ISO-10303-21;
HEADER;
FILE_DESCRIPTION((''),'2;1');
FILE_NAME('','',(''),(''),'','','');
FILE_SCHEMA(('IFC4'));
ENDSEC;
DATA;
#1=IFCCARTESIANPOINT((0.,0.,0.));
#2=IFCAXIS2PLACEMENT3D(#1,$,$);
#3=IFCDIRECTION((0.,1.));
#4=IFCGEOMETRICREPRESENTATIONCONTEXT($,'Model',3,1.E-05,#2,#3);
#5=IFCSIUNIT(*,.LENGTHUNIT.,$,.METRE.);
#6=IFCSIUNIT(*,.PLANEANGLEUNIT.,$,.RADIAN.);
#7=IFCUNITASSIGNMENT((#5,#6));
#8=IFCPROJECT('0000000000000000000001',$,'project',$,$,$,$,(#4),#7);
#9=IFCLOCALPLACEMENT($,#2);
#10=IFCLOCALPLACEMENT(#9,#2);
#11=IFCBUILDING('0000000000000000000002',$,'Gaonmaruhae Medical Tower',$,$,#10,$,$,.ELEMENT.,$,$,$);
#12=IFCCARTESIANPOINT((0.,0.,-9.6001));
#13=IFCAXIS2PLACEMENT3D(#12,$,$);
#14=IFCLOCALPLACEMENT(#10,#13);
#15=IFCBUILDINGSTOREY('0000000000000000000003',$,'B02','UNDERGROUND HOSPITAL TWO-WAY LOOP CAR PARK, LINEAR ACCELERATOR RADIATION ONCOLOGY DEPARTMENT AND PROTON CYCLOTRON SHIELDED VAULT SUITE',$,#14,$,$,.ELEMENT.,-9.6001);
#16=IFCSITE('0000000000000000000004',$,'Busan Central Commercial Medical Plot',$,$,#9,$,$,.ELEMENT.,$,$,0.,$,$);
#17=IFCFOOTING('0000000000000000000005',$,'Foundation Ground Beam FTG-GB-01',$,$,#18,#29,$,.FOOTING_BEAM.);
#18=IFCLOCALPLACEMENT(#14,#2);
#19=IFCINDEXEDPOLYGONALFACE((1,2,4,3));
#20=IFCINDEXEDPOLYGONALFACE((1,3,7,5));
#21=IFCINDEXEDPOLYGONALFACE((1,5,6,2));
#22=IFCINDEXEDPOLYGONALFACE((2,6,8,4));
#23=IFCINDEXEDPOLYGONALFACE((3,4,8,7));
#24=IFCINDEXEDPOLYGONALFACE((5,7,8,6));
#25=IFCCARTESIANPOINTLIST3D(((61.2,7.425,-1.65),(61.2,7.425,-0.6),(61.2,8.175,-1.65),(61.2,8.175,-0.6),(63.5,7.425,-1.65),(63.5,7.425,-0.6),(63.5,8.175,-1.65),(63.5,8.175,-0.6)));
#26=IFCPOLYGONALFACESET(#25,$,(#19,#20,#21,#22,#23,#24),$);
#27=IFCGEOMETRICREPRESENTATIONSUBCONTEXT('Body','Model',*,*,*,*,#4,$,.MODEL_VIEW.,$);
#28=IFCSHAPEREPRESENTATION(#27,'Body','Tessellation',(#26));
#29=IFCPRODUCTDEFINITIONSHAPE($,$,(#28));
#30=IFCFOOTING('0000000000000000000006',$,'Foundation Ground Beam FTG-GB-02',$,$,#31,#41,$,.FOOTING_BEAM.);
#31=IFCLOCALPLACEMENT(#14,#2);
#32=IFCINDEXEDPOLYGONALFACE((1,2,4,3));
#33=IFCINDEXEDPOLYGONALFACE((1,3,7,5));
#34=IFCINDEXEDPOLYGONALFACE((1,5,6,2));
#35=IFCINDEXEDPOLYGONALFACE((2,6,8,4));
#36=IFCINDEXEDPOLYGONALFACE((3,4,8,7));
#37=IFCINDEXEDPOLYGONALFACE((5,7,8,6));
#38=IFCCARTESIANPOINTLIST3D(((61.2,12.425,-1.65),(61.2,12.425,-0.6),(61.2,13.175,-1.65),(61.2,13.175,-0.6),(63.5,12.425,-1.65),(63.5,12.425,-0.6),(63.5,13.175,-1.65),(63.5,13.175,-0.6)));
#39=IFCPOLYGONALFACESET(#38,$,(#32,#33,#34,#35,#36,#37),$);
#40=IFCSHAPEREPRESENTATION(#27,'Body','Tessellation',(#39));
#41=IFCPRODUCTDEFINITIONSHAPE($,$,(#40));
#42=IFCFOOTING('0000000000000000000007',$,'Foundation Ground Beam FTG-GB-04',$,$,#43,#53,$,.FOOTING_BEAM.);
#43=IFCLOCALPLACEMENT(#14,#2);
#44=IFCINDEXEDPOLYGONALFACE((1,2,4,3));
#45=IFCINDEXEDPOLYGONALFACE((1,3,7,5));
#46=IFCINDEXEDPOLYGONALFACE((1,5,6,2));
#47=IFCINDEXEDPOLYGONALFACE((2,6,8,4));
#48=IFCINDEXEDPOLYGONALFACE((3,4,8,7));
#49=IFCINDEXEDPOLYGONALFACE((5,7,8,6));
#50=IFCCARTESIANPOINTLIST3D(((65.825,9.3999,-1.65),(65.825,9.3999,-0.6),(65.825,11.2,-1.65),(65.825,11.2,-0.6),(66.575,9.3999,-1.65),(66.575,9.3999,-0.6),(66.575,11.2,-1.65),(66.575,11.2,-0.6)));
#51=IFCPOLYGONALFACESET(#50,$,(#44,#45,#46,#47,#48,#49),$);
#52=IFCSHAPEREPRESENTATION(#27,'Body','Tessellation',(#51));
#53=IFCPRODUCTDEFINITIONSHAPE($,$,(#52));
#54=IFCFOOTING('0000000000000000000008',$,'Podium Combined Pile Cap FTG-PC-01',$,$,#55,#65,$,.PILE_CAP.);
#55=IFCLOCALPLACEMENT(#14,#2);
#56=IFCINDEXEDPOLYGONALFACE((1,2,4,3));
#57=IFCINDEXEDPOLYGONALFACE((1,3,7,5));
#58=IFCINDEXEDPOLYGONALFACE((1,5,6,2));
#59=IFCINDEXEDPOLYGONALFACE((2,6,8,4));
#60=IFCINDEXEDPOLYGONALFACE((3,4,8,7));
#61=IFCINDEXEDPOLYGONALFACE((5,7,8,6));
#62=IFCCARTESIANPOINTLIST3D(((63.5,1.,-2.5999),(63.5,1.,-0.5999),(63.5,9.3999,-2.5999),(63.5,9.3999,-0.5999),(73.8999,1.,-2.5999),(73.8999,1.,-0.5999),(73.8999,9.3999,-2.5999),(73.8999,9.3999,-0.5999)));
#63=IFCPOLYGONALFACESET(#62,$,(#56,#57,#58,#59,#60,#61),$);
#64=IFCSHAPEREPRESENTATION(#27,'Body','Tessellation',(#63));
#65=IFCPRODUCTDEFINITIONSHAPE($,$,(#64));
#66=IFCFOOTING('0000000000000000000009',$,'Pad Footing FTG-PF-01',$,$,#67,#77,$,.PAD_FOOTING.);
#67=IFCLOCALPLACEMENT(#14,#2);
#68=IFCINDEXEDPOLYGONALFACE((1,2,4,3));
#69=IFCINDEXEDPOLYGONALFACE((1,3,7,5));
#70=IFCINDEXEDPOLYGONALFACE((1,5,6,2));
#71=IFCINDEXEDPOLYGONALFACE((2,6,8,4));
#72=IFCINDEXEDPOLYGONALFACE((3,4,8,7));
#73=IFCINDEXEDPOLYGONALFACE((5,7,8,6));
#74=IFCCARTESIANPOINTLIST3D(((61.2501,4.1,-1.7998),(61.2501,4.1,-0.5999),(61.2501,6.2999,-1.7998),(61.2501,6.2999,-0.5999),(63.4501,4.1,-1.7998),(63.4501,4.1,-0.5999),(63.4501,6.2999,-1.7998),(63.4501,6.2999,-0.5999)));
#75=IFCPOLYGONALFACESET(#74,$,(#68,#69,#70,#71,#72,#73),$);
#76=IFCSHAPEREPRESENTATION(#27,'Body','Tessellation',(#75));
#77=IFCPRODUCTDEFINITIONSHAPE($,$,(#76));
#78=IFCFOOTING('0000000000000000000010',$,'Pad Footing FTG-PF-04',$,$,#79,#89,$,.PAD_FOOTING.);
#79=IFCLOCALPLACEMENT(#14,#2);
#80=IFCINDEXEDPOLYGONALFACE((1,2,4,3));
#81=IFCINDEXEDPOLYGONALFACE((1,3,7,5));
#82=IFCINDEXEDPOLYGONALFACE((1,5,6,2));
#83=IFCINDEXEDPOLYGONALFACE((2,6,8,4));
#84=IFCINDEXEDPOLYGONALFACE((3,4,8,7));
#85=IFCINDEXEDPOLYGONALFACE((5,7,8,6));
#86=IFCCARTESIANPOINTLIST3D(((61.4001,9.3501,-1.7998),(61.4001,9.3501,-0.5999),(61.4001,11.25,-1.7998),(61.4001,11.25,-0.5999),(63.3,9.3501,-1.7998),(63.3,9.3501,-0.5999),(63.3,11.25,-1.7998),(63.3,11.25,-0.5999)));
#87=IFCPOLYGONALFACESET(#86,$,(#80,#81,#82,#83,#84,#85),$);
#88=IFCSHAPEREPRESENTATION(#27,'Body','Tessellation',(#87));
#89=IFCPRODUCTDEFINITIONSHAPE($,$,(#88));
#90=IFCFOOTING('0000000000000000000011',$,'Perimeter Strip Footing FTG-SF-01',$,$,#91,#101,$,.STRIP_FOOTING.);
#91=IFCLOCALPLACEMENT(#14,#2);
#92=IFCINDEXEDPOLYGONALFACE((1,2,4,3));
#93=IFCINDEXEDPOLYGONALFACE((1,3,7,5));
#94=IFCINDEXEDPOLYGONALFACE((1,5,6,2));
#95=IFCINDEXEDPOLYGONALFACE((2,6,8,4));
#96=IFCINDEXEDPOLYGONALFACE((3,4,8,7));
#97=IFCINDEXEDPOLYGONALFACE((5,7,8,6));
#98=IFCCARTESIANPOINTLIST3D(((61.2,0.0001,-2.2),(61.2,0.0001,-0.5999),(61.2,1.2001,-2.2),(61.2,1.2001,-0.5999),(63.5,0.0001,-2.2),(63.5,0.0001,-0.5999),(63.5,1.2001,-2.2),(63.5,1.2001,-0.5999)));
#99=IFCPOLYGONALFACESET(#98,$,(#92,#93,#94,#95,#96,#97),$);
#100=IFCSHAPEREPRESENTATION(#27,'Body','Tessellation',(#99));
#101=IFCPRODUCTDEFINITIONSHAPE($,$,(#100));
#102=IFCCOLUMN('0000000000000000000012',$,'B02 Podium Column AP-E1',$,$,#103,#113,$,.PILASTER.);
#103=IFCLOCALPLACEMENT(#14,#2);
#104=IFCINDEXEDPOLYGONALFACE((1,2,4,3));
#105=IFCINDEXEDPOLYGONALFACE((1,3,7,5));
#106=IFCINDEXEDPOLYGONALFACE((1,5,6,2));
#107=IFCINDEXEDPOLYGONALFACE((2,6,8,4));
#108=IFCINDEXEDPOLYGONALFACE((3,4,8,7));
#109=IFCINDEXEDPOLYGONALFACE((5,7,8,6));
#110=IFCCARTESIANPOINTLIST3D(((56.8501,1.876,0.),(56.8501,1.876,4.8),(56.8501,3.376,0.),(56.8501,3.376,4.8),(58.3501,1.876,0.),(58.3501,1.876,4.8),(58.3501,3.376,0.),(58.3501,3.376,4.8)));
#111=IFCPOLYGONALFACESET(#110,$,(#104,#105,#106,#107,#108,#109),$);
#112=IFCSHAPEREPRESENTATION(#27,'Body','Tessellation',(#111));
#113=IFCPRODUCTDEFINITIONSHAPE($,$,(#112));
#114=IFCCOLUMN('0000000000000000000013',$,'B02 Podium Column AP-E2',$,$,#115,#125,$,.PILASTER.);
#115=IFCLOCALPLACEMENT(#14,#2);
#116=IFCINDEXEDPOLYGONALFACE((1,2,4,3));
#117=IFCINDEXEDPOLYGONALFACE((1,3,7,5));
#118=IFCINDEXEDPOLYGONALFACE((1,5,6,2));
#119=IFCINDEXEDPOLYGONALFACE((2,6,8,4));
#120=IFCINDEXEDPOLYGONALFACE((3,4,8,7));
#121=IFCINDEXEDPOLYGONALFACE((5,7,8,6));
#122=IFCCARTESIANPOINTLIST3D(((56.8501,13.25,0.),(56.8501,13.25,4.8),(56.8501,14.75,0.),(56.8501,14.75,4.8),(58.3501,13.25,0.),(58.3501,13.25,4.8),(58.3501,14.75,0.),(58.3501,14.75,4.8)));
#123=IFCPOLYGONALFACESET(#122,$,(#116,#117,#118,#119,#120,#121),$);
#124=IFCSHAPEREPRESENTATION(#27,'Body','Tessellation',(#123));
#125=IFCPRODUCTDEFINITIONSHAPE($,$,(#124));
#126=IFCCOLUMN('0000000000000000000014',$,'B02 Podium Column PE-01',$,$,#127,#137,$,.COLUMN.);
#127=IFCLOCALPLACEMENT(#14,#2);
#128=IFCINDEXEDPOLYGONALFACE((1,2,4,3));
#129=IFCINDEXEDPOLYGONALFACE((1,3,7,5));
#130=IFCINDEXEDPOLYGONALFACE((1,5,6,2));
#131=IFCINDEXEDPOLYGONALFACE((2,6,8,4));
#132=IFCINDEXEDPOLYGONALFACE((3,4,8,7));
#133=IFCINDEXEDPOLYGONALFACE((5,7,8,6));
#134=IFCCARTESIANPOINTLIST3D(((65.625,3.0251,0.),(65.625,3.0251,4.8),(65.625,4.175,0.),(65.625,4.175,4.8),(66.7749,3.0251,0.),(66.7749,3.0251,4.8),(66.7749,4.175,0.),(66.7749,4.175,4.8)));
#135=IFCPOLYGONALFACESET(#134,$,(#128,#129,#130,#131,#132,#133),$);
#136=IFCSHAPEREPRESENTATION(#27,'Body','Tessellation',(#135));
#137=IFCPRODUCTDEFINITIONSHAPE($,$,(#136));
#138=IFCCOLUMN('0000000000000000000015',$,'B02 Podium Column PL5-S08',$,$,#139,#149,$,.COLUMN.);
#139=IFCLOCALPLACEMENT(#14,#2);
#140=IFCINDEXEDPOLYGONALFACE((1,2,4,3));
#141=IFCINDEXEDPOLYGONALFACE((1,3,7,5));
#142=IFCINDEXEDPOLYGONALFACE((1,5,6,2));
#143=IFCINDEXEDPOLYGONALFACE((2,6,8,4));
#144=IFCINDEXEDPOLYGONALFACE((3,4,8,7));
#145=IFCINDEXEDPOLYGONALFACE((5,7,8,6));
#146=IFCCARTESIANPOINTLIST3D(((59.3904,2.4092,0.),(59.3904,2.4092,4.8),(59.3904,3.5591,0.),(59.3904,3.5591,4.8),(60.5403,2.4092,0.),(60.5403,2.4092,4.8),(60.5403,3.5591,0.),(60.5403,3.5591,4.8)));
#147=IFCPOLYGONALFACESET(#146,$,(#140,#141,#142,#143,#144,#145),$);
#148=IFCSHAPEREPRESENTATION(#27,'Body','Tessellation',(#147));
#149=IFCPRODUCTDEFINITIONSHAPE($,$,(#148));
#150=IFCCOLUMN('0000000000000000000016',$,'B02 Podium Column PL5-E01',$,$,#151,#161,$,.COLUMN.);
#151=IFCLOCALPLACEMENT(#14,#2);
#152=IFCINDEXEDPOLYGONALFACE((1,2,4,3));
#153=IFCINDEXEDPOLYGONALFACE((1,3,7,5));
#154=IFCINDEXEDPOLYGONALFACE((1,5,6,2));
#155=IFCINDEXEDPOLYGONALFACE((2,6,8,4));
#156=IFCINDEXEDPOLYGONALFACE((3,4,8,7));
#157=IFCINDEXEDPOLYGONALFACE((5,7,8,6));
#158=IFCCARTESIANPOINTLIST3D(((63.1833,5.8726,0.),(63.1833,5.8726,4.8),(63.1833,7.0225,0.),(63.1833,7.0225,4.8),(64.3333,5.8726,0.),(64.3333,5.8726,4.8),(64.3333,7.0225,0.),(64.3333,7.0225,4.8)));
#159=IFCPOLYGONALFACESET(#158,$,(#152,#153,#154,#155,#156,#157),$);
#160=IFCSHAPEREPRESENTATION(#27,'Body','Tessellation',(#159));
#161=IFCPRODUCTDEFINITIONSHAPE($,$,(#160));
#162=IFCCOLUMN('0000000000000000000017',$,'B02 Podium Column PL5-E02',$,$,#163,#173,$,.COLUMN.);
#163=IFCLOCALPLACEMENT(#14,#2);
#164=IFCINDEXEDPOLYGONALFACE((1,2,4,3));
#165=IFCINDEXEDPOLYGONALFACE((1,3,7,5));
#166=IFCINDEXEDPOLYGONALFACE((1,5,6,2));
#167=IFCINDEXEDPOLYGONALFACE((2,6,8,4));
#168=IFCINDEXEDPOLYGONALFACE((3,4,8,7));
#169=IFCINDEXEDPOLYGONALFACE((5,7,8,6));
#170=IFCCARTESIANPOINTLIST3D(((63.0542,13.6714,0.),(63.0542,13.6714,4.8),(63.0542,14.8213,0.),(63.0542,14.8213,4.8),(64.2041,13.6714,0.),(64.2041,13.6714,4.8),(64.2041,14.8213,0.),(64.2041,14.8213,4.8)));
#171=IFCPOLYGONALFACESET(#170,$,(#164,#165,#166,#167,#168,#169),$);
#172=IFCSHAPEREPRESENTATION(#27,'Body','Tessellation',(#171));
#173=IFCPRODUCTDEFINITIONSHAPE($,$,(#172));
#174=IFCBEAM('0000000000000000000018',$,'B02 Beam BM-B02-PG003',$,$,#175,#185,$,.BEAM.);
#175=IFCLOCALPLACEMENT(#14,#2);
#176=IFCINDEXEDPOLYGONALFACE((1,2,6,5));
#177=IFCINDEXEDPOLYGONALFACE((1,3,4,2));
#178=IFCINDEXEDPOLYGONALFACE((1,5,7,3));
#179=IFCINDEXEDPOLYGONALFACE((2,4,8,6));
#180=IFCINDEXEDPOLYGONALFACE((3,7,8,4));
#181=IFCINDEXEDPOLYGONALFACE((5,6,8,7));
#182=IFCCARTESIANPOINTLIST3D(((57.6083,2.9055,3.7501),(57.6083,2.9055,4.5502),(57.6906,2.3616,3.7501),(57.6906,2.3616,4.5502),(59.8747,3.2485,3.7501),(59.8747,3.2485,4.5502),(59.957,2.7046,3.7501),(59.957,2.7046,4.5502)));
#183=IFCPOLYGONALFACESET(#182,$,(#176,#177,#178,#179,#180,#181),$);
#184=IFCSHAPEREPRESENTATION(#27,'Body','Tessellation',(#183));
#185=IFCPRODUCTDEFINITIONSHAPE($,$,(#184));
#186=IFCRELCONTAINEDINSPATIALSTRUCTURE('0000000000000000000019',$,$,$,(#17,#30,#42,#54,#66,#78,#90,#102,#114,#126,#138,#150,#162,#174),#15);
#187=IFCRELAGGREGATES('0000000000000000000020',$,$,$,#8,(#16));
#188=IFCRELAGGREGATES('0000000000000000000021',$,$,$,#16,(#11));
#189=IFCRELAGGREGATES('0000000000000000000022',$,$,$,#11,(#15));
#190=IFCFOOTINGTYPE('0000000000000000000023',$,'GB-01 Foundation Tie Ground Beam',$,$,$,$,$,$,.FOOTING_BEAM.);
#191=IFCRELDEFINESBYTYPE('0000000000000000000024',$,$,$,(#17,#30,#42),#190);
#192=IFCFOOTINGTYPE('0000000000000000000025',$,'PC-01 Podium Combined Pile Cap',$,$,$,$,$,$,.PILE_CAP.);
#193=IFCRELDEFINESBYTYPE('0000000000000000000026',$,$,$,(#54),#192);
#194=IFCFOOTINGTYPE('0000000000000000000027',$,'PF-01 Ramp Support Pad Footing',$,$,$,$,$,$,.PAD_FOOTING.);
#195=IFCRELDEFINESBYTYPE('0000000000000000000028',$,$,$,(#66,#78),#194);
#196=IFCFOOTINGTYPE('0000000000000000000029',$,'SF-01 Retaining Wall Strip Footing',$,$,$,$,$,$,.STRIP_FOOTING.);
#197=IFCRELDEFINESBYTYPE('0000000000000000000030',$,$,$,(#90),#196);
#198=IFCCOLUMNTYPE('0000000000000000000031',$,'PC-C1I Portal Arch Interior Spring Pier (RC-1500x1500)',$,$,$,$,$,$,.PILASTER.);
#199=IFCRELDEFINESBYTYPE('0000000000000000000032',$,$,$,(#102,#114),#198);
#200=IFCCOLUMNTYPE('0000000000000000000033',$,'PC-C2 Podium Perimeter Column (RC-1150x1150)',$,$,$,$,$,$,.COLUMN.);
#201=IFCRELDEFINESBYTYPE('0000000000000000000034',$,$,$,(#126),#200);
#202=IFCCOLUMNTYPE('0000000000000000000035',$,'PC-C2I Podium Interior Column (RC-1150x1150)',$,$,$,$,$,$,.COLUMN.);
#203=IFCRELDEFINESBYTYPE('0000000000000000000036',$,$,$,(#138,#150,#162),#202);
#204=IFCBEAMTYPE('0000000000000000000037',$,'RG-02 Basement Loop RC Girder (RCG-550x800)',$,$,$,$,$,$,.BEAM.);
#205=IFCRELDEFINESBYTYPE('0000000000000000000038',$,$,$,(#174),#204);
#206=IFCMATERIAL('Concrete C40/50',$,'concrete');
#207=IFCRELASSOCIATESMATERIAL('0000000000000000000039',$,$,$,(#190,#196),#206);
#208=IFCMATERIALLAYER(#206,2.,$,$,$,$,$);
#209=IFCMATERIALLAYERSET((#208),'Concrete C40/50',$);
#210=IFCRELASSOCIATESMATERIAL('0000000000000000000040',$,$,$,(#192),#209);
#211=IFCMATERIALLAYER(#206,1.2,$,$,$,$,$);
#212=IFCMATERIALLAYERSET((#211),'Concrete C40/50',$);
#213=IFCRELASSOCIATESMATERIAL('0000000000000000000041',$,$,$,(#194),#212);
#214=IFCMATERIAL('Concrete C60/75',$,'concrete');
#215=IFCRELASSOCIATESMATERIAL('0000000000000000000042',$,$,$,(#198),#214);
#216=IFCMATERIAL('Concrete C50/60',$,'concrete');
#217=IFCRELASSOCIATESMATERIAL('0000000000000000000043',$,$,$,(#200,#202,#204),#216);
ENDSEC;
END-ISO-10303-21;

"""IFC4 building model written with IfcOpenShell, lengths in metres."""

from ifc_helpers import new_model, si_unit, direction, frame, origin, origin_2d, place, context, subcontext, project, spatial, rectangle, extrude, material, layer, layer_set, material_profile, profile_set, type_object, element, save


model = new_model("IFC4")

# Units and contexts
model_context = context("Model", 3, precision=1e-05, world=origin(), true_north=direction((0.0, 1.0)))
body_context = subcontext(model_context, "Body", "Model", "MODEL_VIEW")
ifc_project = project(units=[si_unit("LENGTHUNIT", "METRE"), si_unit("PLANEANGLEUNIT", "RADIAN")], contexts=[model_context])

# Site, building, storey
site_placement = place(None, origin())
site = spatial("IfcSite", under=ifc_project, at=site_placement, Name="Busan Central Commercial Medical Plot", CompositionType="ELEMENT", RefElevation=0.0)
building_placement = place(site_placement, origin())
building = spatial("IfcBuilding", under=site, at=building_placement, Name="Gaonmaruhae Medical Tower", CompositionType="ELEMENT")
storey_placement = place(building_placement, frame((0.0, 0.0, -9.6001)))
storey = spatial("IfcBuildingStorey", under=building, at=storey_placement, Name="B02", Description="UNDERGROUND HOSPITAL TWO-WAY LOOP CAR PARK, LINEAR ACCELERATOR RADIATION ONCOLOGY DEPARTMENT AND PROTON CYCLOTRON SHIELDED VAULT SUITE", CompositionType="ELEMENT", Elevation=-9.6001)

# Shared definitions
ifc_material_1 = material(Name="Concrete C50/60", Category="concrete")

# Footings
ifc_material_2 = material(Name="Concrete C40/50", Category="concrete")
ifc_material_profile_1 = material_profile(ifc_material_2, rectangle(XDim=0.75, YDim=1.05, at=origin_2d()), Name="RCG-750x1050")
ifc_profile_set_1 = profile_set([ifc_material_profile_1], Name="Concrete C40/50")
footing_type_1 = type_object("IfcFootingType", Name="GB-01 Foundation Tie Ground Beam", PredefinedType="FOOTING_BEAM", material=ifc_profile_set_1)
for number, where, z_axis, x_axis, name in (
    (1, (61.2, 7.8, -1.125), (1.0, 0.0, 0.0), (0.0, 1.0, 0.0), "Foundation Ground Beam FTG-GB-01"),
    (2, (61.2, 12.8, -1.125), (1.0, 0.0, 0.0), (0.0, 1.0, 0.0), "Foundation Ground Beam FTG-GB-02"),
):
    element("IfcFooting", number, at=place(storey_placement, frame(where, z_axis=z_axis, x_axis=x_axis)), inside=storey, type_object=footing_type_1, Name=name, PredefinedType="FOOTING_BEAM", context=body_context, shape_type="SweptSolid", body=[
        extrude(rectangle(XDim=0.75, YDim=1.05, at=origin_2d()), origin(), (0.0, 0.0, 1.0), 2.3),
    ])
footing_1_placement = place(storey_placement, frame((66.2, 9.3999, -1.125), z_axis=(0.0, 1.0, 0.0), x_axis=(-1.0, 0.0, 0.0)))
element("IfcFooting", 3, at=footing_1_placement, inside=storey, type_object=footing_type_1, Name="Foundation Ground Beam FTG-GB-04", PredefinedType="FOOTING_BEAM", context=body_context, shape_type="SweptSolid", body=[
    extrude(rectangle(XDim=0.75, YDim=1.05, at=origin_2d()), origin(), (0.0, 0.0, 1.0), 1.8),
])
ifc_layer_1 = layer(ifc_material_2, 2.0)
ifc_layer_set_1 = layer_set([ifc_layer_1], Name="Concrete C40/50")
footing_type_2 = type_object("IfcFootingType", Name="PC-01 Podium Combined Pile Cap", PredefinedType="PILE_CAP", material=ifc_layer_set_1)
footing_2_placement = place(storey_placement, frame((68.7, 5.2, -2.5999), z_axis=(0.0, 0.0, 1.0), x_axis=(1.0, 0.0, 0.0)))
element("IfcFooting", 4, at=footing_2_placement, inside=storey, type_object=footing_type_2, Name="Podium Combined Pile Cap FTG-PC-01", PredefinedType="PILE_CAP", context=body_context, shape_type="SweptSolid", body=[
    extrude(rectangle(XDim=10.3999, YDim=8.3999, at=origin_2d()), origin(), (0.0, 0.0, 1.0), 2.0),
])
ifc_layer_2 = layer(ifc_material_2, 1.2)
ifc_layer_set_2 = layer_set([ifc_layer_2], Name="Concrete C40/50")
footing_type_3 = type_object("IfcFootingType", Name="PF-01 Ramp Support Pad Footing", PredefinedType="PAD_FOOTING", material=ifc_layer_set_2)
footing_3_placement = place(storey_placement, frame((62.3501, 5.2, -1.7998), z_axis=(0.0, 0.0, 1.0), x_axis=(1.0, 0.0, 0.0)))
element("IfcFooting", 5, at=footing_3_placement, inside=storey, type_object=footing_type_3, Name="Pad Footing FTG-PF-01", PredefinedType="PAD_FOOTING", context=body_context, shape_type="SweptSolid", body=[
    extrude(rectangle(XDim=2.2, YDim=2.2, at=origin_2d()), origin(), (0.0, 0.0, 1.0), 1.2),
])
footing_4_placement = place(storey_placement, frame((62.3501, 10.3, -1.7998), z_axis=(0.0, 0.0, 1.0), x_axis=(1.0, 0.0, 0.0)))
element("IfcFooting", 6, at=footing_4_placement, inside=storey, type_object=footing_type_3, Name="Pad Footing FTG-PF-04", PredefinedType="PAD_FOOTING", context=body_context, shape_type="SweptSolid", body=[
    extrude(rectangle(XDim=1.8999, YDim=1.8999, at=origin_2d()), origin(), (0.0, 0.0, 1.0), 1.2),
])
ifc_material_profile_2 = material_profile(ifc_material_2, rectangle(XDim=1.2, YDim=1.6001, at=origin_2d()), Name="TG-1200x1600")
ifc_profile_set_2 = profile_set([ifc_material_profile_2], Name="Concrete C40/50")
footing_type_4 = type_object("IfcFootingType", Name="SF-01 Retaining Wall Strip Footing", PredefinedType="STRIP_FOOTING", material=ifc_profile_set_2)
footing_5_placement = place(storey_placement, frame((61.2, 0.6001, -1.3999), z_axis=(1.0, 0.0, 0.0), x_axis=(0.0, 1.0, 0.0)))
element("IfcFooting", 7, at=footing_5_placement, inside=storey, type_object=footing_type_4, Name="Perimeter Strip Footing FTG-SF-01", PredefinedType="STRIP_FOOTING", context=body_context, shape_type="SweptSolid", body=[
    extrude(rectangle(XDim=1.2, YDim=1.6001, at=origin_2d()), origin(), (0.0, 0.0, 1.0), 2.3),
])

# Columns
ifc_material_3 = material(Name="Concrete C60/75", Category="concrete")
ifc_material_profile_3 = material_profile(ifc_material_3, rectangle(XDim=1.5, YDim=1.5, at=origin_2d()), Name="RC-1500x1500")
ifc_profile_set_3 = profile_set([ifc_material_profile_3], Name="Concrete C60/75")
column_type_1 = type_object("IfcColumnType", Name="PC-C1I Portal Arch Interior Spring Pier (RC-1500x1500)", PredefinedType="PILASTER", material=ifc_profile_set_3)
for number, where, z_axis, x_axis, name in (
    (8, (57.6001, 2.626, 0.0), (0.0, 0.0, 1.0), (1.0, 0.0, 0.0), "B02 Podium Column AP-E1"),
    (9, (57.6001, 14.0, 0.0), (0.0, 0.0, 1.0), (1.0, 0.0, 0.0), "B02 Podium Column AP-E2"),
):
    element("IfcColumn", number, at=place(storey_placement, frame(where, z_axis=z_axis, x_axis=x_axis)), inside=storey, type_object=column_type_1, Name=name, PredefinedType="PILASTER", context=body_context, shape_type="SweptSolid", body=[
        extrude(rectangle(XDim=1.5, YDim=1.5, at=origin_2d()), origin(), (0.0, 0.0, 1.0), 4.8),
    ])
ifc_material_profile_4 = material_profile(ifc_material_1, rectangle(XDim=1.1499, YDim=1.1499, at=origin_2d()), Name="RC-1150x1150")
ifc_profile_set_4 = profile_set([ifc_material_profile_4], Name="Concrete C50/60")
column_type_2 = type_object("IfcColumnType", Name="PC-C2 Podium Perimeter Column (RC-1150x1150)", PredefinedType="COLUMN", material=ifc_profile_set_4)
column_placement = place(storey_placement, frame((66.2, 3.6001, 0.0), z_axis=(0.0, 0.0, 1.0), x_axis=(1.0, 0.0, 0.0)))
element("IfcColumn", 10, at=column_placement, inside=storey, type_object=column_type_2, Name="B02 Podium Column PE-01", PredefinedType="COLUMN", context=body_context, shape_type="SweptSolid", body=[
    extrude(rectangle(XDim=1.1499, YDim=1.1499, at=origin_2d()), origin(), (0.0, 0.0, 1.0), 4.8),
])
ifc_material_profile_5 = material_profile(ifc_material_1, rectangle(XDim=1.1499, YDim=1.1499, at=origin_2d()), Name="RC-1150x1150")
ifc_profile_set_5 = profile_set([ifc_material_profile_5], Name="Concrete C50/60")
column_type_3 = type_object("IfcColumnType", Name="PC-C2I Podium Interior Column (RC-1150x1150)", PredefinedType="COLUMN", material=ifc_profile_set_5)
for number, where, z_axis, x_axis, name in (
    (11, (59.9653, 2.9841, 0.0), (0.0, 0.0, 1.0), (1.0, 0.0, 0.0), "B02 Podium Column PL5-S08"),
    (12, (63.7583, 6.4475, 0.0), (0.0, 0.0, 1.0), (1.0, 0.0, 0.0), "B02 Podium Column PL5-E01"),
    (13, (63.6292, 14.2463, 0.0), (0.0, 0.0, 1.0), (1.0, 0.0, 0.0), "B02 Podium Column PL5-E02"),
):
    element("IfcColumn", number, at=place(storey_placement, frame(where, z_axis=z_axis, x_axis=x_axis)), inside=storey, type_object=column_type_3, Name=name, PredefinedType="COLUMN", context=body_context, shape_type="SweptSolid", body=[
        extrude(rectangle(XDim=1.1499, YDim=1.1499, at=origin_2d()), origin(), (0.0, 0.0, 1.0), 4.8),
    ])

# Beam
ifc_material_profile_6 = material_profile(ifc_material_1, rectangle(XDim=0.55, YDim=0.8, at=origin_2d()), Name="RCG-550x800")
ifc_profile_set_6 = profile_set([ifc_material_profile_6], Name="Concrete C50/60")
beam_type = type_object("IfcBeamType", Name="RG-02 Basement Loop RC Girder (RCG-550x800)", PredefinedType="BEAM", material=ifc_profile_set_6)
beam_1_placement = place(storey_placement, frame((57.6494, 2.6335, 4.1501), z_axis=(0.988739, 0.149648, 0.0), x_axis=(-0.149648, 0.988739, 0.0)))
element("IfcBeam", 14, at=beam_1_placement, inside=storey, type_object=beam_type, Name="B02 Beam BM-B02-PG003", PredefinedType="BEAM", context=body_context, shape_type="SweptSolid", body=[
    extrude(rectangle(XDim=0.55, YDim=0.8, at=origin_2d()), origin(), (0.0, 0.0, 1.0), 2.2922),
])

save(model, "model.ifc")
